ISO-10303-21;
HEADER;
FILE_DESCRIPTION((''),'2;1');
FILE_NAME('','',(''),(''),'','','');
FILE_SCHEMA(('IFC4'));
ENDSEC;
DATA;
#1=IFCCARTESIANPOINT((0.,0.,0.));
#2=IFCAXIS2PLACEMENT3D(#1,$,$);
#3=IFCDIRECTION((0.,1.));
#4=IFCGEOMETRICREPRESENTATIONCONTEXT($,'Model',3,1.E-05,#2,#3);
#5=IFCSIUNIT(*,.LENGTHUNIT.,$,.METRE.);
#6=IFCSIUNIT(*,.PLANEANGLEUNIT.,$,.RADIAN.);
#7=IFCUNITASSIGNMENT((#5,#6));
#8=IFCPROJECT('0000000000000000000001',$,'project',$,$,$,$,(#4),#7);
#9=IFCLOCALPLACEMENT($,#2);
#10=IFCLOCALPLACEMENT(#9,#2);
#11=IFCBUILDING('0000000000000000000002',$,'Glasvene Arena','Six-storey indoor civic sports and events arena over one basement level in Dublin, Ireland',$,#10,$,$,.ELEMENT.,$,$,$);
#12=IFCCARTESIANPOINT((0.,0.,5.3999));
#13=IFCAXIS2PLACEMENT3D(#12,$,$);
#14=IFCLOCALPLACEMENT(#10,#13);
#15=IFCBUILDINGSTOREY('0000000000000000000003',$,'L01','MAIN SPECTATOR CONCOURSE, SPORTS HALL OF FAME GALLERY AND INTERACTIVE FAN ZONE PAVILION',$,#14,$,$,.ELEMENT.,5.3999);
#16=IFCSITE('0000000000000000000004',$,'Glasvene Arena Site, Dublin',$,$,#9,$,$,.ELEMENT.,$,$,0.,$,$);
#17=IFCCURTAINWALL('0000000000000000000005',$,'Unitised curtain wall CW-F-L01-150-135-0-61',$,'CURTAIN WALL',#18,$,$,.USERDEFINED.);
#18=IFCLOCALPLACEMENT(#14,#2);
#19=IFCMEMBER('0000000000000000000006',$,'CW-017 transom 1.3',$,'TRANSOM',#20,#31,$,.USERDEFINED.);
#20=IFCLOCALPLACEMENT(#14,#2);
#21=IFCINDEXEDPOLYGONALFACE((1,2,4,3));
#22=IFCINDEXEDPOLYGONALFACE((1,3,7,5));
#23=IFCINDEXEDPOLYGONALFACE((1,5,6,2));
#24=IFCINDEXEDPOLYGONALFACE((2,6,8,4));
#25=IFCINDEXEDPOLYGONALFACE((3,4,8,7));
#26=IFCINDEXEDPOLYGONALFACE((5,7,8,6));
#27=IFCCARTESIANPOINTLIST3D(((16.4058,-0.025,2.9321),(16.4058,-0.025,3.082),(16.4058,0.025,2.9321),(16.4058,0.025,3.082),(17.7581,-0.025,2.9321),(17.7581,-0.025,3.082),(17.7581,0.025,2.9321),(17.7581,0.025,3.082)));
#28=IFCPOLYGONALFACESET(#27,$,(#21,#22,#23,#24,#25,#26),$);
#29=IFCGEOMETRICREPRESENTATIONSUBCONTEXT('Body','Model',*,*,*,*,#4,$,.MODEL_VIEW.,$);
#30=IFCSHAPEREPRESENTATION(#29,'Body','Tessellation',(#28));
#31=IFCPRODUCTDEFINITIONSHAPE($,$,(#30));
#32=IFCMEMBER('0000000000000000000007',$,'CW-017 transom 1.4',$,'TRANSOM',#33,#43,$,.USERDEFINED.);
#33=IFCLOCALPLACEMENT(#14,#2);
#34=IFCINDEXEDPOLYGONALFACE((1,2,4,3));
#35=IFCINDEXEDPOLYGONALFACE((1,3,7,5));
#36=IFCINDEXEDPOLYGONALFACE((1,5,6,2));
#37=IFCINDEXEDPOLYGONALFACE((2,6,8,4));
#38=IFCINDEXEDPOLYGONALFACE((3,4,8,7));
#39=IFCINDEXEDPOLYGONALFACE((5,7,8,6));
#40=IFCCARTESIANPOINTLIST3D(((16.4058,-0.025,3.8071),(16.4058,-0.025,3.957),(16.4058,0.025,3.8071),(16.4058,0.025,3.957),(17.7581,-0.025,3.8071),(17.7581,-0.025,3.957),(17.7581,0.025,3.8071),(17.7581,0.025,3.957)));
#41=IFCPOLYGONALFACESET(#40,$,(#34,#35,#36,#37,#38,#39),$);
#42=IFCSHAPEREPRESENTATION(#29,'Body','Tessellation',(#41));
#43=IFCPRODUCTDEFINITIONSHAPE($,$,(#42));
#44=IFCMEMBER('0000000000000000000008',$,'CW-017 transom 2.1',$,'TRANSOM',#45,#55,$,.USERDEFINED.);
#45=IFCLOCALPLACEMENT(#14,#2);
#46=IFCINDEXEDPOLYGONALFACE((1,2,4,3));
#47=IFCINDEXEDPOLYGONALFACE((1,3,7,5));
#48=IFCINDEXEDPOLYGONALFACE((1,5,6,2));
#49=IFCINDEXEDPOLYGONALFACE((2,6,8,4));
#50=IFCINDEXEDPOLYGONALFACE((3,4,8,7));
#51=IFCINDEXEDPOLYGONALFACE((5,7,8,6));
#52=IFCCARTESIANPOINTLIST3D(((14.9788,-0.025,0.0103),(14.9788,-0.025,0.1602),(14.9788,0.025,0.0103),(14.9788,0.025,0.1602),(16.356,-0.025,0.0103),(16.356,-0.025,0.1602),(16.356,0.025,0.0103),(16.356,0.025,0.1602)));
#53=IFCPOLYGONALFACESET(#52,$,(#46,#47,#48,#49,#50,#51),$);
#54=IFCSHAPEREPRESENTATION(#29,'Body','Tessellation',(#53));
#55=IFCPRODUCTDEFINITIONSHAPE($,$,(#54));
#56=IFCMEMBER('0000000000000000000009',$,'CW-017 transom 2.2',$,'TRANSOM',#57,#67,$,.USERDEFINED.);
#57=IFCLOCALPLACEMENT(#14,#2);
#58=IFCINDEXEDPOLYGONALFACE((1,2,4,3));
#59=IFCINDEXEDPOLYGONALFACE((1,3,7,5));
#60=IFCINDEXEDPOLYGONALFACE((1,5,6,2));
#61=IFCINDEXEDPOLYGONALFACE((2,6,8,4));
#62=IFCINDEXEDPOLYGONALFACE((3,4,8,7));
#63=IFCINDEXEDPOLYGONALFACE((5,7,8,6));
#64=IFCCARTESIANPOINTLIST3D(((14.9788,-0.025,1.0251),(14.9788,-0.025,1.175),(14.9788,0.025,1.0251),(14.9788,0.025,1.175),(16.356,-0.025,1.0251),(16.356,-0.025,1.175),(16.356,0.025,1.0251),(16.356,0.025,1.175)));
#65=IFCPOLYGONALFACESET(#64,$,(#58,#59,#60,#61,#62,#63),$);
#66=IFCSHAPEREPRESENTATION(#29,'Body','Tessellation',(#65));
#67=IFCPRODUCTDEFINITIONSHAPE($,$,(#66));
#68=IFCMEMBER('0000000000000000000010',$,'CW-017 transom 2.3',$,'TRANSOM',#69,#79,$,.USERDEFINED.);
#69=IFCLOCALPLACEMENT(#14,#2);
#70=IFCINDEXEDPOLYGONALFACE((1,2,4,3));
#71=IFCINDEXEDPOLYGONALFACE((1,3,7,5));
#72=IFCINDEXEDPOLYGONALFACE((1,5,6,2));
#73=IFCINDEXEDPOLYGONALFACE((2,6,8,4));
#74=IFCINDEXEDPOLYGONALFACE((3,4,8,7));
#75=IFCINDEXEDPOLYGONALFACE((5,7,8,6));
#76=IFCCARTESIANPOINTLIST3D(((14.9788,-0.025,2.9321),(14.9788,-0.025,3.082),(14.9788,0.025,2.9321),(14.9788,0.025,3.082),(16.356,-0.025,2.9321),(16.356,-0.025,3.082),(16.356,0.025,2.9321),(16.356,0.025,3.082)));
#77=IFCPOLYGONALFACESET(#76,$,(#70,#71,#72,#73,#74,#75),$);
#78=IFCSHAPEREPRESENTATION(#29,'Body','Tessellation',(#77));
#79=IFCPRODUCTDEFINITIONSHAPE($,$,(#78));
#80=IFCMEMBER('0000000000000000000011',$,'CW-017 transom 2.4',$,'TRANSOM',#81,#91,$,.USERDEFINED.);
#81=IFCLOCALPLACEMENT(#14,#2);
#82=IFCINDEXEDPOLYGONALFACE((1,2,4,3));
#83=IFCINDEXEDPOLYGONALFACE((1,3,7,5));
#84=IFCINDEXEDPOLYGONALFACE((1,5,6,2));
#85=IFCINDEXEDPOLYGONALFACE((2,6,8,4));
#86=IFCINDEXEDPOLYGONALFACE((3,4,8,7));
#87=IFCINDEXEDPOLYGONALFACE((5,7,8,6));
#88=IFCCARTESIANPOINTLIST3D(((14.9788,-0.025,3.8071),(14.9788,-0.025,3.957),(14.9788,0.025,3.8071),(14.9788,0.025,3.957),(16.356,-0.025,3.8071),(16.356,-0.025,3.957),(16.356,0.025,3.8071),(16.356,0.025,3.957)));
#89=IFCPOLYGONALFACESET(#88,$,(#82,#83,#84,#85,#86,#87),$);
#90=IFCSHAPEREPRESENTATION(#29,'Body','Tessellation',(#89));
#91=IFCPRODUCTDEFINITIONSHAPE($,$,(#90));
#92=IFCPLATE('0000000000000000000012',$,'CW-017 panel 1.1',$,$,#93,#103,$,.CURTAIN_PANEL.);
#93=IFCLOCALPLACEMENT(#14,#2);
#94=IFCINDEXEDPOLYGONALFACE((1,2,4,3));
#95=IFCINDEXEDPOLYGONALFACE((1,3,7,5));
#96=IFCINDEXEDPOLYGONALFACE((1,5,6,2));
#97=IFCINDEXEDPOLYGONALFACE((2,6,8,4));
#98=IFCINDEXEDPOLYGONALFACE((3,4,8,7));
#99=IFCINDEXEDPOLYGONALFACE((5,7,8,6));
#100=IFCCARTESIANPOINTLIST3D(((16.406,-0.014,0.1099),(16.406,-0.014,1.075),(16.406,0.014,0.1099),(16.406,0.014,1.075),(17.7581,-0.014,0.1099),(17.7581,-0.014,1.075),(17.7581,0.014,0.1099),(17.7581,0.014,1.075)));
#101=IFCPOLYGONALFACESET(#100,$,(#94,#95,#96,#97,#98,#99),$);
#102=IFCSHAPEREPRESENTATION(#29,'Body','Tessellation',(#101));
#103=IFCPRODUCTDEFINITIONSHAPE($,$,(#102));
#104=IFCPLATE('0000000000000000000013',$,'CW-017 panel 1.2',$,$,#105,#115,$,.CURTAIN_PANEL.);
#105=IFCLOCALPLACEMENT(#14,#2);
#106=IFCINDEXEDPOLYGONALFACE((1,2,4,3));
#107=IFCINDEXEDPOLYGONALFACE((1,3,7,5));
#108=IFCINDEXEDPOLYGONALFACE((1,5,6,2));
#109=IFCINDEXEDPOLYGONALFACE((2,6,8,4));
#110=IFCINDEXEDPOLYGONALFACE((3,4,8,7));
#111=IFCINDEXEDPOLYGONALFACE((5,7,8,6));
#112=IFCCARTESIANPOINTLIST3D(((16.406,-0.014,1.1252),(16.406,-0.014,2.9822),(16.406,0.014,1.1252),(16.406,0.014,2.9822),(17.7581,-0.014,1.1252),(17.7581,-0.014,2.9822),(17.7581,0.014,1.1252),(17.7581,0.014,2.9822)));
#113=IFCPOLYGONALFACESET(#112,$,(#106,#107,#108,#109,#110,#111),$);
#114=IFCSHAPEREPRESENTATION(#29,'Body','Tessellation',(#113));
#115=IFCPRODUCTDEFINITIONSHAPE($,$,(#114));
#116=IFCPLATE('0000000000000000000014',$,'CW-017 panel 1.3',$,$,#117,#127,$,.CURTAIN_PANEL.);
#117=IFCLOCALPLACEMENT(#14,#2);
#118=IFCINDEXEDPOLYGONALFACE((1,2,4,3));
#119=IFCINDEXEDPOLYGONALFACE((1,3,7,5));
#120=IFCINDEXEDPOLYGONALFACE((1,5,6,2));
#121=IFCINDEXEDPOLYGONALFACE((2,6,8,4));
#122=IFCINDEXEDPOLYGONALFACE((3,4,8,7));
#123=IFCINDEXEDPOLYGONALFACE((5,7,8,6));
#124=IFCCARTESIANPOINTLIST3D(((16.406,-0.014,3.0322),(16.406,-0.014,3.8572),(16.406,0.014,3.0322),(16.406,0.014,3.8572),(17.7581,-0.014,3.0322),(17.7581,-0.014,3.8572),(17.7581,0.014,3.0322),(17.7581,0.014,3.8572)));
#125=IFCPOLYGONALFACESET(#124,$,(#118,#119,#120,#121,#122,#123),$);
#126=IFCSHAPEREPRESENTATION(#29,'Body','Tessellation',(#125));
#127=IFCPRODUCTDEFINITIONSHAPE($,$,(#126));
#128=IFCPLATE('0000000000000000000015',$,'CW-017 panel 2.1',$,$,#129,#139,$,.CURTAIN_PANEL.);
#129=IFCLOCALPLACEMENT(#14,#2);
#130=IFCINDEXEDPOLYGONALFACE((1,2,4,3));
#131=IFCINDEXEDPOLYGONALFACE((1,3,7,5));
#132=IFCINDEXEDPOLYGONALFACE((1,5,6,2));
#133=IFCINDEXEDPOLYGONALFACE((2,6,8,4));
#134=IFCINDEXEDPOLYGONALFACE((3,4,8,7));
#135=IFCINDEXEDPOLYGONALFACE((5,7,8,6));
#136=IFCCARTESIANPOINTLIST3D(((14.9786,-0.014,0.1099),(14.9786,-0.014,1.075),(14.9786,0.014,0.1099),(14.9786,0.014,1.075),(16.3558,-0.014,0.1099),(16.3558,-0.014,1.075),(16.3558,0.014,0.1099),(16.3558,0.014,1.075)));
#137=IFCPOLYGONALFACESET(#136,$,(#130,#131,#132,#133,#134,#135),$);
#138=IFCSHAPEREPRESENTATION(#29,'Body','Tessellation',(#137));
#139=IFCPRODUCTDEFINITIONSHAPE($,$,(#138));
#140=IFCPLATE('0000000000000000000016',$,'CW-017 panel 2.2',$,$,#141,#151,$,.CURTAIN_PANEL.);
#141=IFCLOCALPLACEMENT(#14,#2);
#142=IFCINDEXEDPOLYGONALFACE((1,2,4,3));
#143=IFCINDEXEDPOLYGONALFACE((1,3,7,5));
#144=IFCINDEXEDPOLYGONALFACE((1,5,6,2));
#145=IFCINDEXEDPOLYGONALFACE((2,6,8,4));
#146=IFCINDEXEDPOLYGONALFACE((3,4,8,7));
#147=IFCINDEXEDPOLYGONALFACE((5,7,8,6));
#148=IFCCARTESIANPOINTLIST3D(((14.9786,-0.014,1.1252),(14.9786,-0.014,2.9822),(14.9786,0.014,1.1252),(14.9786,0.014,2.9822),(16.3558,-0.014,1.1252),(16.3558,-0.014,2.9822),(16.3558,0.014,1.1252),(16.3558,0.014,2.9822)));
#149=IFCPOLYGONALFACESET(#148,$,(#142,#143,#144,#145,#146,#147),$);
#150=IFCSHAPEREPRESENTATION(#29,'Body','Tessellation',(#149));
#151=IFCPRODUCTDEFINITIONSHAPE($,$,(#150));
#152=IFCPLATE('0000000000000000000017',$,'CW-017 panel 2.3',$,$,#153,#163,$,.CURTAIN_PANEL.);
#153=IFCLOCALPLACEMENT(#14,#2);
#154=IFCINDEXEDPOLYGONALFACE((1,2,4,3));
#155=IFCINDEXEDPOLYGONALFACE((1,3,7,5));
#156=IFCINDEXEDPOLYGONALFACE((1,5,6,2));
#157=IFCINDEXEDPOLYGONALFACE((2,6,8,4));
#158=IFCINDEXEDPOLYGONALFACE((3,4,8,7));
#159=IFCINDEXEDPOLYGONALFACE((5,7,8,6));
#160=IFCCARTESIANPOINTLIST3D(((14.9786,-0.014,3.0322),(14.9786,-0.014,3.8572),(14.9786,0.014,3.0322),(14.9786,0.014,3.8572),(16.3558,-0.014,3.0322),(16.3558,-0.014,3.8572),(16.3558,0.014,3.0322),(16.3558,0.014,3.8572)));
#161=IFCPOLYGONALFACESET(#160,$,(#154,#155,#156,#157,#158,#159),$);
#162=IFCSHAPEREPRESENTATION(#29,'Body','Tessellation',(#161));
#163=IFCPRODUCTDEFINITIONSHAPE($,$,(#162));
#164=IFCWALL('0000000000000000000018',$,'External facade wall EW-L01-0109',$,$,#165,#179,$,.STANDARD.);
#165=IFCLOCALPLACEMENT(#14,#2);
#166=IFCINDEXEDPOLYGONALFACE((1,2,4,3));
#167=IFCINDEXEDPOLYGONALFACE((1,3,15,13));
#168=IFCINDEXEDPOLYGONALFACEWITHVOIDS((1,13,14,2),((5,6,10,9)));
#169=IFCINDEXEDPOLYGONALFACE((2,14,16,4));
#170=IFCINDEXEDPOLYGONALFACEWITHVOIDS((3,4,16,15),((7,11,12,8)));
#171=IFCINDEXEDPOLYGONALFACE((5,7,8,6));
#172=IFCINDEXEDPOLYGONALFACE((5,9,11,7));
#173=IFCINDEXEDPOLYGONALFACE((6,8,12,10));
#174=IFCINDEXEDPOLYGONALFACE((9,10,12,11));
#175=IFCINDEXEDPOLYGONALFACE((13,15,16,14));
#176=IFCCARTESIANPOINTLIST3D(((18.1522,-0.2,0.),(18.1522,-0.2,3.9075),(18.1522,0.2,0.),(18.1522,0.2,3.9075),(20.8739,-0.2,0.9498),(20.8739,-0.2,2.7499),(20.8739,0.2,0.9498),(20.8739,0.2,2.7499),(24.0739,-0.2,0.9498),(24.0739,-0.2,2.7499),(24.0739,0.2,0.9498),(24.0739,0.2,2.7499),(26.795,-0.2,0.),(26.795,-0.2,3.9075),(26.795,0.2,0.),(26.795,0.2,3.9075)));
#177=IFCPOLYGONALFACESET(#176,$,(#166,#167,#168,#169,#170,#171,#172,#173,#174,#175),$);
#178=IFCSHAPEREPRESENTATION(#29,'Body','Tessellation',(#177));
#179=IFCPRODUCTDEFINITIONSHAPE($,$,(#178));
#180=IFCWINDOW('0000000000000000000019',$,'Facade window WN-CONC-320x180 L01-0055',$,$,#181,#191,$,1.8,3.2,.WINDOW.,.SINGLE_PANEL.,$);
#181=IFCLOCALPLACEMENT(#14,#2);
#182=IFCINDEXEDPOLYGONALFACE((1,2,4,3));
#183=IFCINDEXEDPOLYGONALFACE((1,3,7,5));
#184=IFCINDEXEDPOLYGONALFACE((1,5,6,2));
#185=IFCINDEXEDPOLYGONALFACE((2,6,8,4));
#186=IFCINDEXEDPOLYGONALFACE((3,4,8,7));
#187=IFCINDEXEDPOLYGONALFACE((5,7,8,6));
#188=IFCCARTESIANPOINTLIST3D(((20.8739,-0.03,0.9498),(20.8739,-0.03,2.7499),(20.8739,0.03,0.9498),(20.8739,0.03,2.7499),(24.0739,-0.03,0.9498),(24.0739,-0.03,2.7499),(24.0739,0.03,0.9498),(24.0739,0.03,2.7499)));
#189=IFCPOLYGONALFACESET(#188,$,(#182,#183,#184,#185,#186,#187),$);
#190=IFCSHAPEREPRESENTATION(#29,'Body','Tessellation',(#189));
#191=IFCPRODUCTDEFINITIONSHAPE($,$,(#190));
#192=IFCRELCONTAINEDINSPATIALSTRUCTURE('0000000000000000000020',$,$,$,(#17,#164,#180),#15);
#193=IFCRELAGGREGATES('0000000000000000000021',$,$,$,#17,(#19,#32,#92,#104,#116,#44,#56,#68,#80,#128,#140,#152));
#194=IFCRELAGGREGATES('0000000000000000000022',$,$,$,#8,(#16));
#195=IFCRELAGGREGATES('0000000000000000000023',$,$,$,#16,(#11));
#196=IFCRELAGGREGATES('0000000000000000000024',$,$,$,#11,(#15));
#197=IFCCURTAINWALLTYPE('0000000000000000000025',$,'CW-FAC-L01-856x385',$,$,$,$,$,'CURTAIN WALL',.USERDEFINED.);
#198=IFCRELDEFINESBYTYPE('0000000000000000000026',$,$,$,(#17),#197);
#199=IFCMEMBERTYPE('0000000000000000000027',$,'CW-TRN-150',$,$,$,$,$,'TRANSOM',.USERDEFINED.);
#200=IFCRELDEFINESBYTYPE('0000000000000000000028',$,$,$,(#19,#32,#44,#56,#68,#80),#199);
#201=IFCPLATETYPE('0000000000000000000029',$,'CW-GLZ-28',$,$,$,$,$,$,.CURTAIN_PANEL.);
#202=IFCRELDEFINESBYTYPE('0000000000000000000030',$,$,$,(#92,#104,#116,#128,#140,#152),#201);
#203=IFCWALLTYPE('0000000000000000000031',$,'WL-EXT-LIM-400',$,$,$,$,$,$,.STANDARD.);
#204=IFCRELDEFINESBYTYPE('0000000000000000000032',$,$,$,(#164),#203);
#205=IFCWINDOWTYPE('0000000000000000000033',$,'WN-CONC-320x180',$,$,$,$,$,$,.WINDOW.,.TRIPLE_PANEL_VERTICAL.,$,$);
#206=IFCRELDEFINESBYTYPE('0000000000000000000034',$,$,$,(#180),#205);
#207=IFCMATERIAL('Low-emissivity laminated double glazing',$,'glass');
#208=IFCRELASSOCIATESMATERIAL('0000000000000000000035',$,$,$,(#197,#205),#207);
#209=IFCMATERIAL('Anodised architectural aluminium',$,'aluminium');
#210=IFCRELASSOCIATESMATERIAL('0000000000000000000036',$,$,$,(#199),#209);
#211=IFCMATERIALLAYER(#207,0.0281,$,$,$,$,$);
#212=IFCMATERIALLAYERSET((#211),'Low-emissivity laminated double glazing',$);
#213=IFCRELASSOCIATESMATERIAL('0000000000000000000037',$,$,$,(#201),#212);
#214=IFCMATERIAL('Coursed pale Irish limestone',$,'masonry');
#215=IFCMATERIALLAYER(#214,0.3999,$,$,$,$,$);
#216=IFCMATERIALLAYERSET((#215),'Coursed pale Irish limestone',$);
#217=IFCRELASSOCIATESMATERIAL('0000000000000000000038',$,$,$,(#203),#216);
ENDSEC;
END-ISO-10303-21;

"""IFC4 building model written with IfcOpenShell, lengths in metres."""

from ifc_helpers import new_model, si_unit, direction, frame, frame_2d, origin, origin_2d, place, context, subcontext, project, spatial, rectangle, extrude, material, layer, layer_set, material_profile, profile_set, type_object, element, fill, aggregate, save


model = new_model("IFC4")

# Units and contexts
model_context = context("Model", 3, precision=1e-05, world=origin(), true_north=direction((0.0, 1.0)))
body_context = subcontext(model_context, "Body", "Model", "MODEL_VIEW")
ifc_project = project(units=[si_unit("LENGTHUNIT", "METRE"), si_unit("PLANEANGLEUNIT", "RADIAN")], contexts=[model_context])

# Site, building, storey
site_placement = place(None, origin())
site = spatial("IfcSite", under=ifc_project, at=site_placement, Name="Glasvene Arena Site, Dublin", CompositionType="ELEMENT", RefElevation=0.0)
building_placement = place(site_placement, origin())
building = spatial("IfcBuilding", under=site, at=building_placement, Name="Glasvene Arena", Description="Six-storey indoor civic sports and events arena over one basement level in Dublin, Ireland", CompositionType="ELEMENT")
storey_placement = place(building_placement, frame((0.0, 0.0, 5.3999)))
storey = spatial("IfcBuildingStorey", under=building, at=storey_placement, Name="L01", Description="MAIN SPECTATOR CONCOURSE, SPORTS HALL OF FAME GALLERY AND INTERACTIVE FAN ZONE PAVILION", CompositionType="ELEMENT", Elevation=5.3999)

# Curtain wall, members, plates
ifc_material_1 = material(Name="Low-emissivity laminated double glazing", Category="glass")
curtain_wall_type = type_object("IfcCurtainWallType", Name="CW-FAC-L01-856x385", ElementType="CURTAIN WALL", PredefinedType="USERDEFINED", material=ifc_material_1)
curtain_wall_placement = place(storey_placement, frame((17.8081, 0.0, 0.0)))
curtain_wall = element("IfcCurtainWall", 1, at=curtain_wall_placement, inside=storey, type_object=curtain_wall_type, Name="Unitised curtain wall CW-F-L01-150-135-0-61", ObjectType="CURTAIN WALL", PredefinedType="USERDEFINED")
ifc_material_2 = material(Name="Anodised architectural aluminium", Category="aluminium")
ifc_material_profile_1 = material_profile(ifc_material_2, rectangle(XDim=0.05, YDim=0.1499, at=origin_2d()), Name="ALU TRANSOM 50x150")
ifc_profile_set_1 = profile_set([ifc_material_profile_1], Name="Anodised architectural aluminium")
member_type_1 = type_object("IfcMemberType", Name="CW-TRN-150", ElementType="TRANSOM", PredefinedType="USERDEFINED", material=ifc_profile_set_1)
member_1_placement = place(storey_placement, frame((17.7581, 0.0, 3.0071), z_axis=(-1.0, 0.0, 0.0), x_axis=(0.0, -1.0, 0.0)))
member_1 = element("IfcMember", 2, at=member_1_placement, type_object=member_type_1, Name="CW-017 transom 1.3", ObjectType="TRANSOM", PredefinedType="USERDEFINED", context=body_context, shape_type="SweptSolid", body=[
    extrude(rectangle(XDim=0.05, YDim=0.1499, at=origin_2d()), origin(), (0.0, 0.0, 1.0), 1.3523),
])
member_2_placement = place(storey_placement, frame((17.7581, 0.0, 3.8821), z_axis=(-1.0, 0.0, 0.0), x_axis=(0.0, -1.0, 0.0)))
member_2 = element("IfcMember", 3, at=member_2_placement, type_object=member_type_1, Name="CW-017 transom 1.4", ObjectType="TRANSOM", PredefinedType="USERDEFINED", context=body_context, shape_type="SweptSolid", body=[
    extrude(rectangle(XDim=0.05, YDim=0.1499, at=origin_2d()), origin(), (0.0, 0.0, 1.0), 1.3523),
])
member_3_placement = place(storey_placement, frame((16.356, 0.0, 0.0852), z_axis=(-1.0, 0.0, 0.0), x_axis=(0.0, -1.0, 0.0)))
member_3 = element("IfcMember", 4, at=member_3_placement, type_object=member_type_1, Name="CW-017 transom 2.1", ObjectType="TRANSOM", PredefinedType="USERDEFINED", context=body_context, shape_type="SweptSolid", body=[
    extrude(rectangle(XDim=0.05, YDim=0.1499, at=origin_2d()), origin(), (0.0, 0.0, 1.0), 1.3772),
])
member_4_placement = place(storey_placement, frame((16.356, 0.0, 1.1001), z_axis=(-1.0, 0.0, 0.0), x_axis=(0.0, -1.0, 0.0)))
member_4 = element("IfcMember", 5, at=member_4_placement, type_object=member_type_1, Name="CW-017 transom 2.2", ObjectType="TRANSOM", PredefinedType="USERDEFINED", context=body_context, shape_type="SweptSolid", body=[
    extrude(rectangle(XDim=0.05, YDim=0.1499, at=origin_2d()), origin(), (0.0, 0.0, 1.0), 1.3772),
])
member_5_placement = place(storey_placement, frame((16.356, 0.0, 3.0071), z_axis=(-1.0, 0.0, 0.0), x_axis=(0.0, -1.0, 0.0)))
member_5 = element("IfcMember", 6, at=member_5_placement, type_object=member_type_1, Name="CW-017 transom 2.3", ObjectType="TRANSOM", PredefinedType="USERDEFINED", context=body_context, shape_type="SweptSolid", body=[
    extrude(rectangle(XDim=0.05, YDim=0.1499, at=origin_2d()), origin(), (0.0, 0.0, 1.0), 1.3772),
])
member_6_placement = place(storey_placement, frame((16.356, 0.0, 3.8821), z_axis=(-1.0, 0.0, 0.0), x_axis=(0.0, -1.0, 0.0)))
member_6 = element("IfcMember", 7, at=member_6_placement, type_object=member_type_1, Name="CW-017 transom 2.4", ObjectType="TRANSOM", PredefinedType="USERDEFINED", context=body_context, shape_type="SweptSolid", body=[
    extrude(rectangle(XDim=0.05, YDim=0.1499, at=origin_2d()), origin(), (0.0, 0.0, 1.0), 1.3772),
])
ifc_layer_1 = layer(ifc_material_1, 0.0281)
ifc_layer_set_1 = layer_set([ifc_layer_1], Name="Low-emissivity laminated double glazing")
plate_type = type_object("IfcPlateType", Name="CW-GLZ-28", PredefinedType="CURTAIN_PANEL", material=ifc_layer_set_1)
plate_1_placement = place(storey_placement, frame((17.082, 0.0, 0.1099), z_axis=(0.0, 0.0, 1.0), x_axis=(-1.0, 0.0, 0.0)))
plate_1 = element("IfcPlate", 8, at=plate_1_placement, type_object=plate_type, Name="CW-017 panel 1.1", PredefinedType="CURTAIN_PANEL", context=body_context, shape_type="SweptSolid", body=[
    extrude(rectangle(XDim=1.3521, YDim=0.0281, at=origin_2d()), origin(), (0.0, 0.0, 1.0), 0.9651),
])
plate_2_placement = place(storey_placement, frame((17.082, 0.0, 1.1252), z_axis=(0.0, 0.0, 1.0), x_axis=(-1.0, 0.0, 0.0)))
plate_2 = element("IfcPlate", 9, at=plate_2_placement, type_object=plate_type, Name="CW-017 panel 1.2", PredefinedType="CURTAIN_PANEL", context=body_context, shape_type="SweptSolid", body=[
    extrude(rectangle(XDim=1.3521, YDim=0.0281, at=origin_2d()), origin(), (0.0, 0.0, 1.0), 1.8569),
])
plate_3_placement = place(storey_placement, frame((17.082, 0.0, 3.0322), z_axis=(0.0, 0.0, 1.0), x_axis=(-1.0, 0.0, 0.0)))
plate_3 = element("IfcPlate", 10, at=plate_3_placement, type_object=plate_type, Name="CW-017 panel 1.3", PredefinedType="CURTAIN_PANEL", context=body_context, shape_type="SweptSolid", body=[
    extrude(rectangle(XDim=1.3521, YDim=0.0281, at=origin_2d()), origin(), (0.0, 0.0, 1.0), 0.825),
])
plate_4_placement = place(storey_placement, frame((15.6672, 0.0, 0.1099), z_axis=(0.0, 0.0, 1.0), x_axis=(-1.0, 0.0, 0.0)))
plate_4 = element("IfcPlate", 11, at=plate_4_placement, type_object=plate_type, Name="CW-017 panel 2.1", PredefinedType="CURTAIN_PANEL", context=body_context, shape_type="SweptSolid", body=[
    extrude(rectangle(XDim=1.3772, YDim=0.0281, at=origin_2d()), origin(), (0.0, 0.0, 1.0), 0.9651),
])
plate_5_placement = place(storey_placement, frame((15.6672, 0.0, 1.1252), z_axis=(0.0, 0.0, 1.0), x_axis=(-1.0, 0.0, 0.0)))
plate_5 = element("IfcPlate", 12, at=plate_5_placement, type_object=plate_type, Name="CW-017 panel 2.2", PredefinedType="CURTAIN_PANEL", context=body_context, shape_type="SweptSolid", body=[
    extrude(rectangle(XDim=1.3772, YDim=0.0281, at=origin_2d()), origin(), (0.0, 0.0, 1.0), 1.8569),
])
plate_6_placement = place(storey_placement, frame((15.6672, 0.0, 3.0322), z_axis=(0.0, 0.0, 1.0), x_axis=(-1.0, 0.0, 0.0)))
plate_6 = element("IfcPlate", 13, at=plate_6_placement, type_object=plate_type, Name="CW-017 panel 2.3", PredefinedType="CURTAIN_PANEL", context=body_context, shape_type="SweptSolid", body=[
    extrude(rectangle(XDim=1.3772, YDim=0.0281, at=origin_2d()), origin(), (0.0, 0.0, 1.0), 0.825),
])
aggregate(curtain_wall, [member_1, member_2, plate_1, plate_2, plate_3, member_3, member_4, member_5, member_6, plate_4, plate_5, plate_6])

# Wall, opening, window
ifc_material_3 = material(Name="Coursed pale Irish limestone", Category="masonry")
ifc_layer_2 = layer(ifc_material_3, 0.3999)
ifc_layer_set_2 = layer_set([ifc_layer_2], Name="Coursed pale Irish limestone")
wall_type_1 = type_object("IfcWallType", Name="WL-EXT-LIM-400", PredefinedType="STANDARD", material=ifc_layer_set_2)
wall_1_placement = place(storey_placement, frame((26.7949, 0.0, 0.0), z_axis=(0.0, 0.0, 1.0), x_axis=(-1.0, 0.0, 0.0)))
wall_1 = element("IfcWall", 14, at=wall_1_placement, inside=storey, type_object=wall_type_1, Name="External facade wall EW-L01-0109", PredefinedType="STANDARD", context=body_context, shape_type="SweptSolid", body=[
    extrude(rectangle(XDim=8.6428, YDim=0.3999, at=frame_2d((4.3213, 0.0))), origin(), (0.0, 0.0, 1.0), 3.9075),
])
opening_1_placement = place(wall_1_placement, frame((2.7209, 0.0, 0.95)))
opening_1 = element("IfcOpeningElement", 15, at=opening_1_placement, cuts=wall_1, PredefinedType="OPENING", context=body_context, shape_type="SweptSolid", body=[
    extrude(rectangle(XDim=3.2, YDim=1.8, at=frame_2d((1.6001, 0.8999))), frame((0.0, 0.21, 0.0), z_axis=(0.0, -1.0, 0.0), x_axis=(1.0, 0.0, 0.0)), (0.0, 0.0, 1.0), 0.4199),
])
window_type = type_object("IfcWindowType", Name="WN-CONC-320x180", PartitioningType="TRIPLE_PANEL_VERTICAL", PredefinedType="WINDOW", material=ifc_material_1)
window_placement = place(opening_1_placement, origin())
window = element("IfcWindow", 16, at=window_placement, inside=storey, type_object=window_type, Name="Facade window WN-CONC-320x180 L01-0055", OverallHeight=1.8, OverallWidth=3.2, PartitioningType="SINGLE_PANEL", PredefinedType="WINDOW", context=body_context, shape_type="SweptSolid", body=[
    extrude(rectangle(XDim=3.2, YDim=1.8, at=frame_2d((1.6001, 0.8999))), frame((0.0, 0.03, 0.0), z_axis=(0.0, -1.0, 0.0), x_axis=(1.0, 0.0, 0.0)), (0.0, 0.0, 1.0), 0.0601),
])
fill(opening_1, window)

save(model, "model.ifc")
